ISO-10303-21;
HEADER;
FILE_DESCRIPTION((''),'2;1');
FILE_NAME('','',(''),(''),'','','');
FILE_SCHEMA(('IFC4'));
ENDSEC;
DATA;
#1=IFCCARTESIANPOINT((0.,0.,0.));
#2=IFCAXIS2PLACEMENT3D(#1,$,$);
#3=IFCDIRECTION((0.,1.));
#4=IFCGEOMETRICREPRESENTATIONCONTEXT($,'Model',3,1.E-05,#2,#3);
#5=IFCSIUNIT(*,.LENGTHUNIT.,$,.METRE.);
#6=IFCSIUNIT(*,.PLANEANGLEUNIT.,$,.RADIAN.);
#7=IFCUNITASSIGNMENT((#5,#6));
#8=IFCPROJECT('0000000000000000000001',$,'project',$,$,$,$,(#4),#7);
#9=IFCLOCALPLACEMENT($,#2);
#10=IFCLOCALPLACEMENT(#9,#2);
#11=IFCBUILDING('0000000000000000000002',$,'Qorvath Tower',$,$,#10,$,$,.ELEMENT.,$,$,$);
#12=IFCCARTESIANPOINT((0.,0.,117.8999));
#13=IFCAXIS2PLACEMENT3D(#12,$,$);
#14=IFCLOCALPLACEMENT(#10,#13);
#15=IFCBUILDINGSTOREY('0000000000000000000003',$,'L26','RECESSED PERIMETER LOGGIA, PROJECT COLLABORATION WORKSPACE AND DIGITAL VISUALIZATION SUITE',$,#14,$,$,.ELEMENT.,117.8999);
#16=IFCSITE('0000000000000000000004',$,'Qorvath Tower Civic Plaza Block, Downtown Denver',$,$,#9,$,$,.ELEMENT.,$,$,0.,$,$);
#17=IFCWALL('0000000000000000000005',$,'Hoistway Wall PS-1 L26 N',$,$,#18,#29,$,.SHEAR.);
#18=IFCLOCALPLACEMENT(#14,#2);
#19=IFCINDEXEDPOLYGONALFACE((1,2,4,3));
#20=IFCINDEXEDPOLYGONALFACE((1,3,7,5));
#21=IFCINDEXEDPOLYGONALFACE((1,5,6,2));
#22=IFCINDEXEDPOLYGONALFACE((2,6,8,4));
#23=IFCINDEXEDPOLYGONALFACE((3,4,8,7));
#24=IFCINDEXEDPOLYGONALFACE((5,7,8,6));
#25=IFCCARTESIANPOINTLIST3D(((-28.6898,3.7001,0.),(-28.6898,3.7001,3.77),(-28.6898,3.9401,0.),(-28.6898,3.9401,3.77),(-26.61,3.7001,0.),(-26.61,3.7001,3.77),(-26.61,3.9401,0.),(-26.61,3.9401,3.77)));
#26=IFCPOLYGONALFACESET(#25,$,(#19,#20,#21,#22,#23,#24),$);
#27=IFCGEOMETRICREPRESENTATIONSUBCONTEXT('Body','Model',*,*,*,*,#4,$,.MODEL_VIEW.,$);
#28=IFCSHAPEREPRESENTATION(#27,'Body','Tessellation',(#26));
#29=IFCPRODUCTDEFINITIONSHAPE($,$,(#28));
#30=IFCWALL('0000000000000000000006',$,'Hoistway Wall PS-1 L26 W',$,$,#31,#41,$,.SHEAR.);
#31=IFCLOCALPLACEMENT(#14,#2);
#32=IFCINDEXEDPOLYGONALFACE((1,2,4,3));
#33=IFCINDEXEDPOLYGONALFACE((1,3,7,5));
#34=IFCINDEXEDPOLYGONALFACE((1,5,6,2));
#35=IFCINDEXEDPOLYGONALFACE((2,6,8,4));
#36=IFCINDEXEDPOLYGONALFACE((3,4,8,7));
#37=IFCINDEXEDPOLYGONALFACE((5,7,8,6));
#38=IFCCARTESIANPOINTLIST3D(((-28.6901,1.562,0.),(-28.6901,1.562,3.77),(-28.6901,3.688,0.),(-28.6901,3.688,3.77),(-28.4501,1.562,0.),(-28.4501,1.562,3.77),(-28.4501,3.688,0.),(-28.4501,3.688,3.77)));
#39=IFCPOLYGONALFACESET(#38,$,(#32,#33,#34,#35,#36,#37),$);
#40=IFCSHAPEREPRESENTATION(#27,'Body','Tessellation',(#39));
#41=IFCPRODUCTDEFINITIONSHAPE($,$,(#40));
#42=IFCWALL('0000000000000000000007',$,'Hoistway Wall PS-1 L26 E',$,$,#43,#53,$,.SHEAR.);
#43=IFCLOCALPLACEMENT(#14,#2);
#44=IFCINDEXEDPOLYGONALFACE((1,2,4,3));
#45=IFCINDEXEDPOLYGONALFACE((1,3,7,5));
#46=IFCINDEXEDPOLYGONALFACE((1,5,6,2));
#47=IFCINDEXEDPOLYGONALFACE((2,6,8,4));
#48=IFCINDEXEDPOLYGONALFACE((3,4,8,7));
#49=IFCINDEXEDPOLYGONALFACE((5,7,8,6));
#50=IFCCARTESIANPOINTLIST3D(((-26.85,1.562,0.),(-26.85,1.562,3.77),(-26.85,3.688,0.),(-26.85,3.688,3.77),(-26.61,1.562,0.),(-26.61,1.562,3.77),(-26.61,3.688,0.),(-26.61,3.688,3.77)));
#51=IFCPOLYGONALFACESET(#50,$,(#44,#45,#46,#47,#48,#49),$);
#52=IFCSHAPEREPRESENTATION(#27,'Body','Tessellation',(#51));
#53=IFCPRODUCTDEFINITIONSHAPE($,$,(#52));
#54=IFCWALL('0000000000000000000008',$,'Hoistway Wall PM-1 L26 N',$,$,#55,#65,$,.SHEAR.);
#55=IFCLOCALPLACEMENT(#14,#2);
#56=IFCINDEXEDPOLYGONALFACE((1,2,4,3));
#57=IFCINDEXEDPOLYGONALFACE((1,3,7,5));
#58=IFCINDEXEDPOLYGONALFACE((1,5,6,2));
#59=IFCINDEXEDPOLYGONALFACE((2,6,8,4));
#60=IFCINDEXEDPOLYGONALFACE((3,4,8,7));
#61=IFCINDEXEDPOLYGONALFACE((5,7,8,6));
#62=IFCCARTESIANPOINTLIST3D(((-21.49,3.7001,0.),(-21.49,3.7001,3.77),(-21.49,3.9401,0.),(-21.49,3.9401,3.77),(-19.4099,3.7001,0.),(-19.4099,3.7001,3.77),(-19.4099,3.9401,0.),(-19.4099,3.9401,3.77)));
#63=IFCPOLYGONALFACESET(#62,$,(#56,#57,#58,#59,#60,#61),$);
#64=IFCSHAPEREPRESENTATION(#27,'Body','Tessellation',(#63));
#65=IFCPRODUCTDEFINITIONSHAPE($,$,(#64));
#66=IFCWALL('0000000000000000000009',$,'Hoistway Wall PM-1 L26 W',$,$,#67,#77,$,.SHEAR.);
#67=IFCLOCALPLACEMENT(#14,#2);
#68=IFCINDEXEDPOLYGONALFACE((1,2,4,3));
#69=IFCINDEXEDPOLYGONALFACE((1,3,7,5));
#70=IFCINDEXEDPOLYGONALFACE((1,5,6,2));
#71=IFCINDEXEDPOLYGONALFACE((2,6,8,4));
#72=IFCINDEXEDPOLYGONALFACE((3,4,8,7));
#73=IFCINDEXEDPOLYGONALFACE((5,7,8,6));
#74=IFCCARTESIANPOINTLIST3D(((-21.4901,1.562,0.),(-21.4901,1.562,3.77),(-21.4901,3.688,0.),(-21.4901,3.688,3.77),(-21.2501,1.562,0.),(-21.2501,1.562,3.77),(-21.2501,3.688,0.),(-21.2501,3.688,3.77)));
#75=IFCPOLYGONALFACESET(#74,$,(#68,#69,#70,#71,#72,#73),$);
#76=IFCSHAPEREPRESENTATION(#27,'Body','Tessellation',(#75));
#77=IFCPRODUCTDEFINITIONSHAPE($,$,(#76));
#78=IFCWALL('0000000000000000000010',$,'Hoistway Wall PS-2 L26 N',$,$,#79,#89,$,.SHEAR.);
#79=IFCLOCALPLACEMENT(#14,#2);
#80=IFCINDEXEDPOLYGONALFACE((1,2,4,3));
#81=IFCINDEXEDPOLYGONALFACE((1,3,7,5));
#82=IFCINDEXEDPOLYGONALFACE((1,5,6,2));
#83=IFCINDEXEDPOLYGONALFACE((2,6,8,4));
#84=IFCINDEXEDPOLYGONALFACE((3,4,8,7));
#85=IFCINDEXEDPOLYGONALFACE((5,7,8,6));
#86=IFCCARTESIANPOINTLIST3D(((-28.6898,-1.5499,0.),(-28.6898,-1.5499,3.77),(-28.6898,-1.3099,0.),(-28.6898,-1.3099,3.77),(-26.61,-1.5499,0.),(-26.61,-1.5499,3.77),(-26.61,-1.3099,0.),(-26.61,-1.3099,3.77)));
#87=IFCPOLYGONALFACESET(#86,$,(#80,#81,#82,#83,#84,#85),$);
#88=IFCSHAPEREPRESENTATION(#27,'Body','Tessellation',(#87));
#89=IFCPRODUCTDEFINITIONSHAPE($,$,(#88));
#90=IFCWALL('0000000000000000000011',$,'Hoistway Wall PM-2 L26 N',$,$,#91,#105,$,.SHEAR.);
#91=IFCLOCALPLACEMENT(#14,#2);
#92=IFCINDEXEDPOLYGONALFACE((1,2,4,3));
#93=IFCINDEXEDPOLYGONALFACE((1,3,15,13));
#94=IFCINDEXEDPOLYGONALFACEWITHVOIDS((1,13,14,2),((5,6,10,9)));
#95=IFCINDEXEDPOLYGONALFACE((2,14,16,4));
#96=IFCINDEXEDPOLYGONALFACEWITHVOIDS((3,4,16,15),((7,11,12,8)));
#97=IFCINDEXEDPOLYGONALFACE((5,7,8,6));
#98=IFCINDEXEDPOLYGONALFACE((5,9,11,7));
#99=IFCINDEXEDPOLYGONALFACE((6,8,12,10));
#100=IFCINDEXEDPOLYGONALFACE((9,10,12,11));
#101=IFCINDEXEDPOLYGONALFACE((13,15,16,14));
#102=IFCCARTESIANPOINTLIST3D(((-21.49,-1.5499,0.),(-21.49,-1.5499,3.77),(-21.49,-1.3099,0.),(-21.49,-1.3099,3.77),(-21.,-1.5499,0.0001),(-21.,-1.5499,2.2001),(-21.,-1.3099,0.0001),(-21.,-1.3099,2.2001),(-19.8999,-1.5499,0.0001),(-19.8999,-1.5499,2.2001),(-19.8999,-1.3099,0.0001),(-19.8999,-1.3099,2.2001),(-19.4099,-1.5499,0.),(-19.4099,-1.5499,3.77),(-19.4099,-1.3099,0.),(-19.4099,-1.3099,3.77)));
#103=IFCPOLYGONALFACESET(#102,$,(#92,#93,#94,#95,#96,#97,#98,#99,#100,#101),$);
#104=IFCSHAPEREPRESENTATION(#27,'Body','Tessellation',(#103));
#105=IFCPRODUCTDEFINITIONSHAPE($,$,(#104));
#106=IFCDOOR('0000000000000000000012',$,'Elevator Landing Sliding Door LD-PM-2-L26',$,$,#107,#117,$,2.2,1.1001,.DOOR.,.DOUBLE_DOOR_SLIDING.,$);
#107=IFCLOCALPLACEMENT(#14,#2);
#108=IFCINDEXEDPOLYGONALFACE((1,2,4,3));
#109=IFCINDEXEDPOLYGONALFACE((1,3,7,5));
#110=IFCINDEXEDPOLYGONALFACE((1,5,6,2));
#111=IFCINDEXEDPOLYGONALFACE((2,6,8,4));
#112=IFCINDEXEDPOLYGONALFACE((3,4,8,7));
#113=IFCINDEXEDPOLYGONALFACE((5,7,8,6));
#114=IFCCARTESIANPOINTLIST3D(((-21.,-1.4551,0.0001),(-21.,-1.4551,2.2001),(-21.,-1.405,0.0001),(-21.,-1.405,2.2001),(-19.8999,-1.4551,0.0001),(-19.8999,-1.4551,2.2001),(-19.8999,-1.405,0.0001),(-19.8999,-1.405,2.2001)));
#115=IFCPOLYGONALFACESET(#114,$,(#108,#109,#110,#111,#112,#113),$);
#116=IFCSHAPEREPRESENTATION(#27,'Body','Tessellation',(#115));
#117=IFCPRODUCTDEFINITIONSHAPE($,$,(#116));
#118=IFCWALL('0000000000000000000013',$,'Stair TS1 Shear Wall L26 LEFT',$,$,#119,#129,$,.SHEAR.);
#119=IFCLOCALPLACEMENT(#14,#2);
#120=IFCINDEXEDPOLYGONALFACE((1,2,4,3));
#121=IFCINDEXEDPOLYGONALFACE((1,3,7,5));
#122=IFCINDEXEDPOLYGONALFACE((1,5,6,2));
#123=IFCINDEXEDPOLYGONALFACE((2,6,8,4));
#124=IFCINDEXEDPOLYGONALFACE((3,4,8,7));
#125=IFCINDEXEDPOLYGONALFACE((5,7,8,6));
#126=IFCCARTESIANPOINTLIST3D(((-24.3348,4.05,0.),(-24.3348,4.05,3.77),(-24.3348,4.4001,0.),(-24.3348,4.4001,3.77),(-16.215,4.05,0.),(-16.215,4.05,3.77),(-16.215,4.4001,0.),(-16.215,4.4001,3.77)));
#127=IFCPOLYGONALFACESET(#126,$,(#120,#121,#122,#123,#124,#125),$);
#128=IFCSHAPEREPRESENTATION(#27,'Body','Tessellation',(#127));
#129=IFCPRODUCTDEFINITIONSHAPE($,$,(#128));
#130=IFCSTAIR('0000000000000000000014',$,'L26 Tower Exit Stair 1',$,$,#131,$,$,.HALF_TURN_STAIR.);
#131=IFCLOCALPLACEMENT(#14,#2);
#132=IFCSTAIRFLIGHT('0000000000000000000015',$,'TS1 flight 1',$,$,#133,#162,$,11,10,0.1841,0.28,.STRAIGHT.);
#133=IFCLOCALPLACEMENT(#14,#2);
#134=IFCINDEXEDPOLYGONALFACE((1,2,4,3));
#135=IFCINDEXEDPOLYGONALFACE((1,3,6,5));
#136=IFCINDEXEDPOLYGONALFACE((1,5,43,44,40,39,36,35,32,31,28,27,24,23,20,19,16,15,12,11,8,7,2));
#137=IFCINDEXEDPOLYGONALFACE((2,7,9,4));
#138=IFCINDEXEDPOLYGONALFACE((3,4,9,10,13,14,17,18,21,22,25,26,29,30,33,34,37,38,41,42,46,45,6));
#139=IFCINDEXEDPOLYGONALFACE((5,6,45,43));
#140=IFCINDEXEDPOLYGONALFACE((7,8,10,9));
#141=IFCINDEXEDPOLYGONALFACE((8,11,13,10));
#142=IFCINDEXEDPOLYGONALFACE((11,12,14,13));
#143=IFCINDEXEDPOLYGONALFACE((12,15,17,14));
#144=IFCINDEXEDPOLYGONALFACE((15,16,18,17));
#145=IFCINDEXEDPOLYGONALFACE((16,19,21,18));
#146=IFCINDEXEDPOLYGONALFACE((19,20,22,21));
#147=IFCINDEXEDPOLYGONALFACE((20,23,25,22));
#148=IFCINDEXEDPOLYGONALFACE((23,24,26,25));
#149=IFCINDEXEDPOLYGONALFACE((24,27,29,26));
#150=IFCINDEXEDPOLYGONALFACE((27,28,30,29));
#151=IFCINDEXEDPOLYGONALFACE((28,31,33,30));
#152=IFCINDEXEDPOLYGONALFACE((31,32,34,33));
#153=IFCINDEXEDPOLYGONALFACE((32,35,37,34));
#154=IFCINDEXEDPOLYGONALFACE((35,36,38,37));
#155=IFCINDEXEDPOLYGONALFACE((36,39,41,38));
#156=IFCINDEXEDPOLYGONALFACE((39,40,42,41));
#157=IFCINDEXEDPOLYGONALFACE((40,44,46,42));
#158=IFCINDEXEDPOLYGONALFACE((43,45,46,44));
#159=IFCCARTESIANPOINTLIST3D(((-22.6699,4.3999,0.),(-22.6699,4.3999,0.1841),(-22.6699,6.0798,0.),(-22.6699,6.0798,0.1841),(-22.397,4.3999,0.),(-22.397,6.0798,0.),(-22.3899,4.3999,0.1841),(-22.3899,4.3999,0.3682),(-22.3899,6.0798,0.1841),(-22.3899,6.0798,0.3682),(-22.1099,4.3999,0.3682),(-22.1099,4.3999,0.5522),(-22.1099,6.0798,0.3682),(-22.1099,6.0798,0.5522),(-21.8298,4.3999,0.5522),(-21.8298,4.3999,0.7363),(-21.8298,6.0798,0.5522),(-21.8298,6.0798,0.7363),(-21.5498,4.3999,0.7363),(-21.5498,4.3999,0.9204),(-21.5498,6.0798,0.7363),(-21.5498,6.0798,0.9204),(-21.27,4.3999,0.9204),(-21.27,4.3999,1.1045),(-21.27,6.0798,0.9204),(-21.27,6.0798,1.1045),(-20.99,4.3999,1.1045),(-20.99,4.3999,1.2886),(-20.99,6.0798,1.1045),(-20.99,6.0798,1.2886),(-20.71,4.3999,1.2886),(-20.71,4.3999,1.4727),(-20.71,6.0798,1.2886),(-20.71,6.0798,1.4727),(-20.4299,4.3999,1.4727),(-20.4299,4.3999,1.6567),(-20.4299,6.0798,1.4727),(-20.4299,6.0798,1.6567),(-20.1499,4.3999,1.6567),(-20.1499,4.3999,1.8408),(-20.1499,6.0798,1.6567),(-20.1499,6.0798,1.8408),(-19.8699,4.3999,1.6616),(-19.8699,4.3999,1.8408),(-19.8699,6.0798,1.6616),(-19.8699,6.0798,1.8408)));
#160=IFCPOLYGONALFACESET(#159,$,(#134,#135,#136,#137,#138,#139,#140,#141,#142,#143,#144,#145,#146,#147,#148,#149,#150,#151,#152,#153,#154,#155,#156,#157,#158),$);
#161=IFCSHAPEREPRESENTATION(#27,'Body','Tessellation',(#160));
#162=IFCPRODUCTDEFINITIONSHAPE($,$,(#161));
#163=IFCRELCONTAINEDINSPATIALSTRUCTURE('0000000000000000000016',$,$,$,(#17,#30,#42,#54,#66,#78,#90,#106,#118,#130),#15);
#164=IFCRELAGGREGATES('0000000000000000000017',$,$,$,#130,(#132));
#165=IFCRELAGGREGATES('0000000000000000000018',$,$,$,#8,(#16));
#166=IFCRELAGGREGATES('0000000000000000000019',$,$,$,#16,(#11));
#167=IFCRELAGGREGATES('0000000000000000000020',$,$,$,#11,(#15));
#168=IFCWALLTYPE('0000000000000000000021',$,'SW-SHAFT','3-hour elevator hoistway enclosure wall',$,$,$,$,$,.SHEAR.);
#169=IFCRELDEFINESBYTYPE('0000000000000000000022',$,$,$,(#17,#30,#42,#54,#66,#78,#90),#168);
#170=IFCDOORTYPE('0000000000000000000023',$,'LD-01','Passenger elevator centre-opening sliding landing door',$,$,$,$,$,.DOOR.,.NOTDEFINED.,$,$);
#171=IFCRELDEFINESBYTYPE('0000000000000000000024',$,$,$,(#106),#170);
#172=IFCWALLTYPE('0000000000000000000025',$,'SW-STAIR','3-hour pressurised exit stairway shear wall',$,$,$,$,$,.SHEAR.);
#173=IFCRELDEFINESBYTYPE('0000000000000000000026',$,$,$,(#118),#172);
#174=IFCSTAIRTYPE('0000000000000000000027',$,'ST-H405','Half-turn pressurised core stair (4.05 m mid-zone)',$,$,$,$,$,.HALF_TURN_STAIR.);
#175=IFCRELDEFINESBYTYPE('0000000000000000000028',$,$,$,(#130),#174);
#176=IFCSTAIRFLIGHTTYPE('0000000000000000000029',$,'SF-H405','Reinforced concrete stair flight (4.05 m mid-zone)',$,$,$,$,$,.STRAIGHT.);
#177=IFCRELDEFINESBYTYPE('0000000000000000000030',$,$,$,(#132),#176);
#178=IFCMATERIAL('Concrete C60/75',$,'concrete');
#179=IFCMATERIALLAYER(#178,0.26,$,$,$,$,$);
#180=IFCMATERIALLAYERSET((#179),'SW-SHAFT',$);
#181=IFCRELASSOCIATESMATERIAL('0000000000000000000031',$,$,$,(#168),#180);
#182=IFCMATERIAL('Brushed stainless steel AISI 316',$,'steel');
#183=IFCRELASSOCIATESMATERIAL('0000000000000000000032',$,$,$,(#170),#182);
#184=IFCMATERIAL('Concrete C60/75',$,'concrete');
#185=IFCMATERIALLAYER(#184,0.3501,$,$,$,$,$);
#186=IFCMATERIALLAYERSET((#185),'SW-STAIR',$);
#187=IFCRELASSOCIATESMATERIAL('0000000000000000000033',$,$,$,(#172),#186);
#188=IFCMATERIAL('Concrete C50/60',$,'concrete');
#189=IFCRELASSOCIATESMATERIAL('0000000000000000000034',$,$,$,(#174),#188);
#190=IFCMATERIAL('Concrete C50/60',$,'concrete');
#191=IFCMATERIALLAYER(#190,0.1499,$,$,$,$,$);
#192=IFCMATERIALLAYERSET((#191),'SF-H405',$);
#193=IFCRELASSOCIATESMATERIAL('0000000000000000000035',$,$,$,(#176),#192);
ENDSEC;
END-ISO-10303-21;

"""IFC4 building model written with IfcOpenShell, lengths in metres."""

from ifc_helpers import new_model, si_unit, direction, frame, frame_2d, origin, place, context, subcontext, project, spatial, polyline, rectangle, outline, extrude, material, layer, layer_set, type_object, element, fill, aggregate, save


model = new_model("IFC4")

# Units and contexts
model_context = context("Model", 3, precision=1e-05, world=origin(), true_north=direction((0.0, 1.0)))
body_context = subcontext(model_context, "Body", "Model", "MODEL_VIEW")
ifc_project = project(units=[si_unit("LENGTHUNIT", "METRE"), si_unit("PLANEANGLEUNIT", "RADIAN")], contexts=[model_context])

# Site, building, storey
site_placement = place(None, origin())
site = spatial("IfcSite", under=ifc_project, at=site_placement, Name="Qorvath Tower Civic Plaza Block, Downtown Denver", CompositionType="ELEMENT", RefElevation=0.0)
building_placement = place(site_placement, origin())
building = spatial("IfcBuilding", under=site, at=building_placement, Name="Qorvath Tower", CompositionType="ELEMENT")
storey_placement = place(building_placement, frame((0.0, 0.0, 117.8999)))
storey = spatial("IfcBuildingStorey", under=building, at=storey_placement, Name="L26", Description="RECESSED PERIMETER LOGGIA, PROJECT COLLABORATION WORKSPACE AND DIGITAL VISUALIZATION SUITE", CompositionType="ELEMENT", Elevation=117.8999)

# Shared definitions
ifc_material_1 = material(Name="Concrete C60/75", Category="concrete")
ifc_layer_1 = layer(ifc_material_1, 0.26)
ifc_layer_set_1 = layer_set([ifc_layer_1], Name="SW-SHAFT")
wall_type_1 = type_object("IfcWallType", Name="SW-SHAFT", Description="3-hour elevator hoistway enclosure wall", PredefinedType="SHEAR", material=ifc_layer_set_1)

# Walls
for number, where, z_axis, x_axis, name in (
    (1, (-28.6899, 3.8201, 0.0), (0.0, 0.0, 1.0), (1.0, 0.0, 0.0), "Hoistway Wall PS-1 L26 N"),
):
    element("IfcWall", number, at=place(storey_placement, frame(where, z_axis=z_axis, x_axis=x_axis)), inside=storey, type_object=wall_type_1, Name=name, PredefinedType="SHEAR", context=body_context, shape_type="SweptSolid", body=[
        extrude(rectangle(XDim=2.0798, YDim=0.24, at=frame_2d((1.04, 0.0))), origin(), (0.0, 0.0, 1.0), 3.77),
    ])
for number, where, z_axis, x_axis, name in (
    (2, (-28.5701, 1.562, 0.0), (0.0, 0.0, 1.0), (0.0, 1.0, 0.0), "Hoistway Wall PS-1 L26 W"),
    (3, (-26.73, 3.688, 0.0), (0.0, 0.0, 1.0), (0.0, -1.0, 0.0), "Hoistway Wall PS-1 L26 E"),
):
    element("IfcWall", number, at=place(storey_placement, frame(where, z_axis=z_axis, x_axis=x_axis)), inside=storey, type_object=wall_type_1, Name=name, PredefinedType="SHEAR", context=body_context, shape_type="SweptSolid", body=[
        extrude(rectangle(XDim=2.126, YDim=0.24, at=frame_2d((1.063, 0.0))), origin(), (0.0, 0.0, 1.0), 3.77),
    ])
wall_1_placement = place(storey_placement, frame((-21.49, 3.8201, 0.0), z_axis=(0.0, 0.0, 1.0), x_axis=(1.0, 0.0, 0.0)))
element("IfcWall", 4, at=wall_1_placement, inside=storey, type_object=wall_type_1, Name="Hoistway Wall PM-1 L26 N", PredefinedType="SHEAR", context=body_context, shape_type="SweptSolid", body=[
    extrude(rectangle(XDim=2.0801, YDim=0.24, at=frame_2d((1.04, 0.0))), origin(), (0.0, 0.0, 1.0), 3.77),
])
wall_2_placement = place(storey_placement, frame((-21.3701, 1.562, 0.0), z_axis=(0.0, 0.0, 1.0), x_axis=(0.0, 1.0, 0.0)))
element("IfcWall", 5, at=wall_2_placement, inside=storey, type_object=wall_type_1, Name="Hoistway Wall PM-1 L26 W", PredefinedType="SHEAR", context=body_context, shape_type="SweptSolid", body=[
    extrude(rectangle(XDim=2.126, YDim=0.24, at=frame_2d((1.063, 0.0))), origin(), (0.0, 0.0, 1.0), 3.77),
])
wall_3_placement = place(storey_placement, frame((-28.6899, -1.4299, 0.0), z_axis=(0.0, 0.0, 1.0), x_axis=(1.0, 0.0, 0.0)))
element("IfcWall", 6, at=wall_3_placement, inside=storey, type_object=wall_type_1, Name="Hoistway Wall PS-2 L26 N", PredefinedType="SHEAR", context=body_context, shape_type="SweptSolid", body=[
    extrude(rectangle(XDim=2.0798, YDim=0.24, at=frame_2d((1.04, 0.0))), origin(), (0.0, 0.0, 1.0), 3.77),
])

# Wall, opening, door
wall_4_placement = place(storey_placement, frame((-21.49, -1.4299, 0.0), z_axis=(0.0, 0.0, 1.0), x_axis=(1.0, 0.0, 0.0)))
wall_4 = element("IfcWall", 7, at=wall_4_placement, inside=storey, type_object=wall_type_1, Name="Hoistway Wall PM-2 L26 N", PredefinedType="SHEAR", context=body_context, shape_type="SweptSolid", body=[
    extrude(rectangle(XDim=2.0801, YDim=0.24, at=frame_2d((1.04, 0.0))), origin(), (0.0, 0.0, 1.0), 3.77),
])
opening_1_placement = place(wall_4_placement, frame((0.49, 0.0, 0.0)))
opening_1 = element("IfcOpeningElement", 8, at=opening_1_placement, cuts=wall_4, PredefinedType="OPENING", context=body_context, shape_type="SweptSolid", body=[
    extrude(rectangle(XDim=1.1001, YDim=2.2, at=frame_2d((0.55, 1.1001))), frame((0.0, 0.1299, 0.0), z_axis=(0.0, -1.0, 0.0), x_axis=(1.0, 0.0, 0.0)), (0.0, 0.0, 1.0), 0.26),
])
ifc_material_2 = material(Name="Brushed stainless steel AISI 316", Category="steel")
door_type_1 = type_object("IfcDoorType", Name="LD-01", Description="Passenger elevator centre-opening sliding landing door", OperationType="NOTDEFINED", PredefinedType="DOOR", material=ifc_material_2)
door_1_placement = place(opening_1_placement, origin())
door_1 = element("IfcDoor", 9, at=door_1_placement, inside=storey, type_object=door_type_1, Name="Elevator Landing Sliding Door LD-PM-2-L26", OperationType="DOUBLE_DOOR_SLIDING", OverallHeight=2.2, OverallWidth=1.1001, PredefinedType="DOOR", context=body_context, shape_type="SweptSolid", body=[
    extrude(rectangle(XDim=1.1001, YDim=2.2, at=frame_2d((0.55, 1.1001))), frame((0.0, 0.0249, 0.0), z_axis=(0.0, -1.0, 0.0), x_axis=(1.0, 0.0, 0.0)), (0.0, 0.0, 1.0), 0.05),
])
fill(opening_1, door_1)

# Wall
ifc_material_3 = material(Name="Concrete C60/75", Category="concrete")
ifc_layer_2 = layer(ifc_material_3, 0.3501)
ifc_layer_set_2 = layer_set([ifc_layer_2], Name="SW-STAIR")
wall_type_2 = type_object("IfcWallType", Name="SW-STAIR", Description="3-hour pressurised exit stairway shear wall", PredefinedType="SHEAR", material=ifc_layer_set_2)
wall_5_placement = place(storey_placement, frame((-24.335, 4.2251, 0.0), z_axis=(0.0, 0.0, 1.0), x_axis=(1.0, 0.0, 0.0)))
element("IfcWall", 10, at=wall_5_placement, inside=storey, type_object=wall_type_2, Name="Stair TS1 Shear Wall L26 LEFT", PredefinedType="SHEAR", context=body_context, shape_type="SweptSolid", body=[
    extrude(rectangle(XDim=8.1199, YDim=0.3501, at=frame_2d((4.0601, 0.0))), origin(), (0.0, 0.0, 1.0), 3.77),
])

# Stair, stair flight
ifc_material_4 = material(Name="Concrete C50/60", Category="concrete")
stair_type = type_object("IfcStairType", Name="ST-H405", Description="Half-turn pressurised core stair (4.05 m mid-zone)", PredefinedType="HALF_TURN_STAIR", material=ifc_material_4)
stair_placement = place(storey_placement, origin())
stair = element("IfcStair", 11, at=stair_placement, inside=storey, type_object=stair_type, Name="L26 Tower Exit Stair 1", PredefinedType="HALF_TURN_STAIR")
ifc_material_5 = material(Name="Concrete C50/60", Category="concrete")
ifc_layer_3 = layer(ifc_material_5, 0.1499)
ifc_layer_set_3 = layer_set([ifc_layer_3], Name="SF-H405")
stair_flight_type = type_object("IfcStairFlightType", Name="SF-H405", Description="Reinforced concrete stair flight (4.05 m mid-zone)", PredefinedType="STRAIGHT", material=ifc_layer_set_3)
stair_flight_placement = place(storey_placement, frame((-22.6699, 5.24, 0.0), z_axis=(0.0, 0.0, 1.0), x_axis=(1.0, 0.0, 0.0)))
stair_flight = element("IfcStairFlight", 12, at=stair_flight_placement, type_object=stair_flight_type, Name="TS1 flight 1", NumberOfRisers=11, NumberOfTreads=10, PredefinedType="STRAIGHT", RiserHeight=0.1841, TreadLength=0.28, context=body_context, shape_type="SweptSolid", body=[
    extrude(outline(polyline([(0.0, 0.0), (0.0, 0.1841), (0.28, 0.1841), (0.28, 0.3682), (0.5601, 0.3682), (0.5601, 0.5522), (0.8401, 0.5522), (0.8401, 0.7363), (1.1201, 0.7363), (1.1201, 0.9204), (1.3999, 0.9204), (1.3999, 1.1045), (1.6799, 1.1045), (1.6799, 1.2886), (1.96, 1.2886), (1.96, 1.4727), (2.24, 1.4727), (2.24, 1.6567), (2.52, 1.6567), (2.52, 1.8408), (2.8, 1.8408), (2.8, 2.0249), (2.8, 1.6616), (0.2729, 0.0), (0.0, 0.0)])), frame((0.0, 0.8398, 0.0), z_axis=(0.0, -1.0, 0.0), x_axis=(1.0, 0.0, 0.0)), (0.0, 0.0, 1.0), 1.6799),
])
aggregate(stair, [stair_flight])

save(model, "model.ifc")
